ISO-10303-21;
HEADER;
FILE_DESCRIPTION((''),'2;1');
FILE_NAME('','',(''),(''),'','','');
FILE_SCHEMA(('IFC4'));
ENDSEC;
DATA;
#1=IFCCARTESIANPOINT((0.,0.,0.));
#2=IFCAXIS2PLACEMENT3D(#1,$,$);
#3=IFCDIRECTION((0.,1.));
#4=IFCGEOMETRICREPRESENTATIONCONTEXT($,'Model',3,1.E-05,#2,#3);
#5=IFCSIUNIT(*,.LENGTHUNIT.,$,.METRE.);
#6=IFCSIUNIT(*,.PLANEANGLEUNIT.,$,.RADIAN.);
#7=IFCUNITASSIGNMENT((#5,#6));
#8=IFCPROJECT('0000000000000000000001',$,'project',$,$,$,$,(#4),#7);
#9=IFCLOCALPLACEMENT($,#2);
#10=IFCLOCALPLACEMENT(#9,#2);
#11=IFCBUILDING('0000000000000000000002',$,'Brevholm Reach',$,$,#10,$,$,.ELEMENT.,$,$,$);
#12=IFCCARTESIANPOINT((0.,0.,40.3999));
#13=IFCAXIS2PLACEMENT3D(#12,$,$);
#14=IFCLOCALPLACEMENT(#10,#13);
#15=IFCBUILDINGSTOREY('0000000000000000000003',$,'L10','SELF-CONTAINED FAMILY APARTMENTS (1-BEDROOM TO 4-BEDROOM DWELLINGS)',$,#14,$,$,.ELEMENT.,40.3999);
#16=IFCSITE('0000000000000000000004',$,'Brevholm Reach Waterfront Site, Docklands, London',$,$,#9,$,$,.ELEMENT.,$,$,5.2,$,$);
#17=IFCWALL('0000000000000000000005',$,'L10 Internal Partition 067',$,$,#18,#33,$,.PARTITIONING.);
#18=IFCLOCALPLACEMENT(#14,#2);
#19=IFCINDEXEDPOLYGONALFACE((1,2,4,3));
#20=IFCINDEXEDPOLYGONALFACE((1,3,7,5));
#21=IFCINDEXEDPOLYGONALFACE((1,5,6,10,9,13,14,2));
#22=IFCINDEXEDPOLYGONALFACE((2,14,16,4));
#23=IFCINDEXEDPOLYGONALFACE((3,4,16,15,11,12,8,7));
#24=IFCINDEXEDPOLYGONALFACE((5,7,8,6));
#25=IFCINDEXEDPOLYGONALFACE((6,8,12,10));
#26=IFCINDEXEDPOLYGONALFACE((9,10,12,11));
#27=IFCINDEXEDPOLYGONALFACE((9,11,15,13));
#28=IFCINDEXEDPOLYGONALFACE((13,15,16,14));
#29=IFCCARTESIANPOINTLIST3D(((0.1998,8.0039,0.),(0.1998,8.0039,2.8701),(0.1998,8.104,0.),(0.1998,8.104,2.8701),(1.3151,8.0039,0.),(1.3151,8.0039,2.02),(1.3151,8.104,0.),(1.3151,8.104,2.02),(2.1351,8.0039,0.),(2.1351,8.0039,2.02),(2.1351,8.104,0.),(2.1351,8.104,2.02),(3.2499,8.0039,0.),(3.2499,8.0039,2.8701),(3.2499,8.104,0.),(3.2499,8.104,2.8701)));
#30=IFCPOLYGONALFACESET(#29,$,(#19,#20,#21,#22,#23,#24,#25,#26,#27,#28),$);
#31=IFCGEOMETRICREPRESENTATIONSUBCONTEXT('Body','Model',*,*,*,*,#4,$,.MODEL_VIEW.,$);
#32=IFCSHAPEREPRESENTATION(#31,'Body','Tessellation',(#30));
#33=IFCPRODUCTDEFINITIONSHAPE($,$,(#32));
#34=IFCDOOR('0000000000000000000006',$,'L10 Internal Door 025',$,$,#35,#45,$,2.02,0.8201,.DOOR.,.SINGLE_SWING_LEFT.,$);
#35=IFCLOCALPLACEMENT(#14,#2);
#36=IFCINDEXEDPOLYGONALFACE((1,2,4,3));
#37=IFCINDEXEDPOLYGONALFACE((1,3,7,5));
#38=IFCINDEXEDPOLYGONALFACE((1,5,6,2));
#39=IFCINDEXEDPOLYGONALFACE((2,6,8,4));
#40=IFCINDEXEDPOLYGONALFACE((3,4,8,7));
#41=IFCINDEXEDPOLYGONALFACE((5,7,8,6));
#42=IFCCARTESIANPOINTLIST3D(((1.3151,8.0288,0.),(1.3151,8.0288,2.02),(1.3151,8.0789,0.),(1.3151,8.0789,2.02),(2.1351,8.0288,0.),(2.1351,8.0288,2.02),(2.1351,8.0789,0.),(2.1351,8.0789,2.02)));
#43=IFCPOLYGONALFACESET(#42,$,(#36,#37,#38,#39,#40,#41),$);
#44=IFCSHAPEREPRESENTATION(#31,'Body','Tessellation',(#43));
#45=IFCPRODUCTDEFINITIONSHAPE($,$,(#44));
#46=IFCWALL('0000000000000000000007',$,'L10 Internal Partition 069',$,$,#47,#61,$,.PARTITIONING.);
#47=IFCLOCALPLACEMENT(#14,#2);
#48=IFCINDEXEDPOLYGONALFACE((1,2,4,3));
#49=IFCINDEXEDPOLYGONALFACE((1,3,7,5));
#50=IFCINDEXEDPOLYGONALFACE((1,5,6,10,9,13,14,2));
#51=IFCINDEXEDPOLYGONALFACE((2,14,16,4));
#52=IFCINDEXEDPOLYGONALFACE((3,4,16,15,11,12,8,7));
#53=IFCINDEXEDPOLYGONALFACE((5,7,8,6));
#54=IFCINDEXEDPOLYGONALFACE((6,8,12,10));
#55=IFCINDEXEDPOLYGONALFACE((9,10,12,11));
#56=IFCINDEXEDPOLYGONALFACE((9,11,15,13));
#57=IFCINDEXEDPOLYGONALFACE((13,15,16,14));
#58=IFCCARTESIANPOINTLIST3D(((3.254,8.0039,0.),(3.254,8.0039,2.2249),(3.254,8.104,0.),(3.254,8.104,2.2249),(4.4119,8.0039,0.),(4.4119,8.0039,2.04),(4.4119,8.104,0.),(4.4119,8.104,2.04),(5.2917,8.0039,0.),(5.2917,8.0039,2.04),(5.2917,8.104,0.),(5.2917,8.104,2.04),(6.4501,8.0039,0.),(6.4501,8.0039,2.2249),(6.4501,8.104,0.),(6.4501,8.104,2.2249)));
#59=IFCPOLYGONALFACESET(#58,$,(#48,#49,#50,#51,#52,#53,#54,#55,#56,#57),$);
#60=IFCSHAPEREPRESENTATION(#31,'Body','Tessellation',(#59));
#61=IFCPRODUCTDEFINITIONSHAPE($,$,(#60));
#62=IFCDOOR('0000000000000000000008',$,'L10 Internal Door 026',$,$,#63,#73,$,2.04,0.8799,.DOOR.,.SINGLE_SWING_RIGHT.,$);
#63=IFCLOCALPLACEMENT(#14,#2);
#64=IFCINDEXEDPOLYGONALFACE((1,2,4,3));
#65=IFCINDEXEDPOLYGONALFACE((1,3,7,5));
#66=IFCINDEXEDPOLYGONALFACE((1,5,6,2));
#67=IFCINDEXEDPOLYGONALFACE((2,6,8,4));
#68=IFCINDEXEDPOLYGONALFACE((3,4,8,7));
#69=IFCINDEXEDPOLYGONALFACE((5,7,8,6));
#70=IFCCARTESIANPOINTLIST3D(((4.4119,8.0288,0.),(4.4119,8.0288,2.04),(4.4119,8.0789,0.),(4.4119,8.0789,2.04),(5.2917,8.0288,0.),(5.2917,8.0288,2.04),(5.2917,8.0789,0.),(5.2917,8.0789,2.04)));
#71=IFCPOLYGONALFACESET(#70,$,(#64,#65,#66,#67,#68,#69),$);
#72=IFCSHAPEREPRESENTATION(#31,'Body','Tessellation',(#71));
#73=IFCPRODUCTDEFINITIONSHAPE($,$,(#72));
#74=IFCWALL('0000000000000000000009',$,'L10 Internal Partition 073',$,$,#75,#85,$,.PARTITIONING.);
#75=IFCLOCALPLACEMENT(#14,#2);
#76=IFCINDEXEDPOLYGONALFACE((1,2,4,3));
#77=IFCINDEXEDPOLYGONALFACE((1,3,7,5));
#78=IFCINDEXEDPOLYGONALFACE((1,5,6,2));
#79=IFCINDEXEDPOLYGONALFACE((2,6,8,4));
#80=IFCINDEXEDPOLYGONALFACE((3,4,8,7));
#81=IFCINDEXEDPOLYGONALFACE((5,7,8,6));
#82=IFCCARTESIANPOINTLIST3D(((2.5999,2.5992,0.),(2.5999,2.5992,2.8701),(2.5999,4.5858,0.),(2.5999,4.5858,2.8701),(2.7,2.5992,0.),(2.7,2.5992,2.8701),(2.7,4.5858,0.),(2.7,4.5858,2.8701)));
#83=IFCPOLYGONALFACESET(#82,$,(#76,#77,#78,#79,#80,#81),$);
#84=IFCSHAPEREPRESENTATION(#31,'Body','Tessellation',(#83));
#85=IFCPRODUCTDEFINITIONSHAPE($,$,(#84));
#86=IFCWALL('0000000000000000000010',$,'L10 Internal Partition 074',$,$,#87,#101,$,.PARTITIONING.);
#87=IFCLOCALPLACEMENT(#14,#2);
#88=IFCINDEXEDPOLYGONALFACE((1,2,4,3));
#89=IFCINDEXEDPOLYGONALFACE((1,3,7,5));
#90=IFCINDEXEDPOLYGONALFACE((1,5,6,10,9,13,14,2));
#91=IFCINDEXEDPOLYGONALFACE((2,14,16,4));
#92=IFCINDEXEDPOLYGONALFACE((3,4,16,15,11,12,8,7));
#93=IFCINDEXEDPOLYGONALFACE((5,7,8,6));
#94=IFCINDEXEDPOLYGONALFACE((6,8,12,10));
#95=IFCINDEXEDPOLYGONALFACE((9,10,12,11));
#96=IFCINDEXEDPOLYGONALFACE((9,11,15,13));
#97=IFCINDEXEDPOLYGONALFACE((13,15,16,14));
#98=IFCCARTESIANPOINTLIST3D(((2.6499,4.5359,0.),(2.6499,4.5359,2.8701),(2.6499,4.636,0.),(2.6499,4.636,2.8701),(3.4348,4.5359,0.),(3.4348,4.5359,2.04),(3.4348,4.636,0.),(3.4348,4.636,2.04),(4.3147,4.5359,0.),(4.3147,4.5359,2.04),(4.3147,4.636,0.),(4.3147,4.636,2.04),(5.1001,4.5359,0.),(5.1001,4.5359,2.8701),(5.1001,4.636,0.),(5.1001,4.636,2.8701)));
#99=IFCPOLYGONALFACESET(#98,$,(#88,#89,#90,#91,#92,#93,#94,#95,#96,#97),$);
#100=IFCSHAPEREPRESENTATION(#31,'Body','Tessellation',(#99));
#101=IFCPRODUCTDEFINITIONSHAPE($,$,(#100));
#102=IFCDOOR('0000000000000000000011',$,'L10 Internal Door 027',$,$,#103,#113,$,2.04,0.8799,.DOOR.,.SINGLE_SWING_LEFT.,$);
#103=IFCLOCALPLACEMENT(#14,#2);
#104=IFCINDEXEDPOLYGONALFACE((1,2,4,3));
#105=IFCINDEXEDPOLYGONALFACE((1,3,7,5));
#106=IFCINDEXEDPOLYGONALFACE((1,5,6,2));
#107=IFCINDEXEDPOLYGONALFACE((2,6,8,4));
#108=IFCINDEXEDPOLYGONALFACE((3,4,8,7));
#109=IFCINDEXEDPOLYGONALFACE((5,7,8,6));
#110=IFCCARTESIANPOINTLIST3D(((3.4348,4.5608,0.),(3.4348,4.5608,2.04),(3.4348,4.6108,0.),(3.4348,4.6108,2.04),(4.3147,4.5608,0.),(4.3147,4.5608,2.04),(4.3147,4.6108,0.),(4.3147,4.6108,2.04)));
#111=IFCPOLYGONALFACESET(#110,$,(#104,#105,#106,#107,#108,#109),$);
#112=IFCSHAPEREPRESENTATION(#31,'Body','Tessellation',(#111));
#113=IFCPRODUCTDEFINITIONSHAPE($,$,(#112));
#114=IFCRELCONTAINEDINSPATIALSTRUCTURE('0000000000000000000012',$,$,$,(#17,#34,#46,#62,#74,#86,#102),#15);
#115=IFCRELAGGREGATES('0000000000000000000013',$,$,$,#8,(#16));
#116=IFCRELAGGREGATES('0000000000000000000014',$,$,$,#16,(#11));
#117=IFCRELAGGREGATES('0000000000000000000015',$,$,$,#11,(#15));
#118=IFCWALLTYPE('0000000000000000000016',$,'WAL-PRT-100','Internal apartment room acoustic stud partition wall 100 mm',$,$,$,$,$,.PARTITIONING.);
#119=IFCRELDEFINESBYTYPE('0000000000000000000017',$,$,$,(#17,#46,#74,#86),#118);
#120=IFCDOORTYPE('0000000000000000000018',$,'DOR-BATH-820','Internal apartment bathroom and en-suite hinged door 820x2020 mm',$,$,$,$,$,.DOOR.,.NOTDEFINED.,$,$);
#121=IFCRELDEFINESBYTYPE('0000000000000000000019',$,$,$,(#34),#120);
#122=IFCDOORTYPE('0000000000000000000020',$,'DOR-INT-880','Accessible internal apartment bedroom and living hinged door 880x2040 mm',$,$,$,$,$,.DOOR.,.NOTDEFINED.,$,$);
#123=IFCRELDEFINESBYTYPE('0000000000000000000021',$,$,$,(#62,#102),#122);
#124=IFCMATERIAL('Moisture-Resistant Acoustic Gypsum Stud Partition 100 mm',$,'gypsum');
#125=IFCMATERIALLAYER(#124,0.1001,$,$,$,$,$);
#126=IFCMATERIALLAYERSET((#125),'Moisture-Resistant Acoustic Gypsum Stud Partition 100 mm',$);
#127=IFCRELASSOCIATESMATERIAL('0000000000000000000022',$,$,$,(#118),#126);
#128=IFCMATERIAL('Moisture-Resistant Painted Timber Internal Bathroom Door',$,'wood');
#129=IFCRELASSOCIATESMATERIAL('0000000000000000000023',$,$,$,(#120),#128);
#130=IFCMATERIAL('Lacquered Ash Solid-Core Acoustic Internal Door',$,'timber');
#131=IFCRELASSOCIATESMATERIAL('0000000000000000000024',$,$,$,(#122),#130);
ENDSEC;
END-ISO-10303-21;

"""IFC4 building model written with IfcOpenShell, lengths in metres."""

from ifc_helpers import new_model, si_unit, direction, frame, frame_2d, origin, place, context, subcontext, project, spatial, rectangle, extrude, material, layer, layer_set, type_object, element, fill, save


model = new_model("IFC4")

# Units and contexts
model_context = context("Model", 3, precision=1e-05, world=origin(), true_north=direction((0.0, 1.0)))
body_context = subcontext(model_context, "Body", "Model", "MODEL_VIEW")
ifc_project = project(units=[si_unit("LENGTHUNIT", "METRE"), si_unit("PLANEANGLEUNIT", "RADIAN")], contexts=[model_context])

# Site, building, storey
site_placement = place(None, origin())
site = spatial("IfcSite", under=ifc_project, at=site_placement, Name="Brevholm Reach Waterfront Site, Docklands, London", CompositionType="ELEMENT", RefElevation=5.2)
building_placement = place(site_placement, origin())
building = spatial("IfcBuilding", under=site, at=building_placement, Name="Brevholm Reach", CompositionType="ELEMENT")
storey_placement = place(building_placement, frame((0.0, 0.0, 40.3999)))
storey = spatial("IfcBuildingStorey", under=building, at=storey_placement, Name="L10", Description="SELF-CONTAINED FAMILY APARTMENTS (1-BEDROOM TO 4-BEDROOM DWELLINGS)", CompositionType="ELEMENT", Elevation=40.3999)

# Shared definitions
ifc_material_1 = material(Name="Moisture-Resistant Acoustic Gypsum Stud Partition 100 mm", Category="gypsum")
ifc_layer_1 = layer(ifc_material_1, 0.1001)
ifc_layer_set_1 = layer_set([ifc_layer_1], Name="Moisture-Resistant Acoustic Gypsum Stud Partition 100 mm")
wall_type_1 = type_object("IfcWallType", Name="WAL-PRT-100", Description="Internal apartment room acoustic stud partition wall 100 mm", PredefinedType="PARTITIONING", material=ifc_layer_set_1)

# Walls, openings, doors
wall_1_placement = place(storey_placement, frame((0.2, 8.054, 0.0), z_axis=(0.0, 0.0, 1.0), x_axis=(1.0, 0.0, 0.0)))
wall_1 = element("IfcWall", 1, at=wall_1_placement, inside=storey, type_object=wall_type_1, Name="L10 Internal Partition 067", PredefinedType="PARTITIONING", context=body_context, shape_type="SweptSolid", body=[
    extrude(rectangle(XDim=3.05, YDim=0.1001, at=frame_2d((1.5249, 0.0))), origin(), (0.0, 0.0, 1.0), 2.8701),
])
opening_1_placement = place(wall_1_placement, frame((1.115, 0.0, 0.0)))
opening_1 = element("IfcOpeningElement", 2, at=opening_1_placement, cuts=wall_1, PredefinedType="OPENING", context=body_context, shape_type="SweptSolid", body=[
    extrude(rectangle(XDim=0.8201, YDim=2.02, at=frame_2d((0.4102, 1.01))), frame((0.0, 0.0601, 0.0), z_axis=(0.0, -1.0, 0.0), x_axis=(1.0, 0.0, 0.0)), (0.0, 0.0, 1.0), 0.1201),
])
ifc_material_2 = material(Name="Moisture-Resistant Painted Timber Internal Bathroom Door", Category="wood")
door_type_1 = type_object("IfcDoorType", Name="DOR-BATH-820", Description="Internal apartment bathroom and en-suite hinged door 820x2020 mm", OperationType="NOTDEFINED", PredefinedType="DOOR", material=ifc_material_2)
door_1_placement = place(opening_1_placement, origin())
door_1 = element("IfcDoor", 3, at=door_1_placement, inside=storey, type_object=door_type_1, Name="L10 Internal Door 025", OperationType="SINGLE_SWING_LEFT", OverallHeight=2.02, OverallWidth=0.8201, PredefinedType="DOOR", context=body_context, shape_type="SweptSolid", body=[
    extrude(rectangle(XDim=0.8201, YDim=2.02, at=frame_2d((0.4102, 1.01))), frame((0.0, 0.0249, 0.0), z_axis=(0.0, -1.0, 0.0), x_axis=(1.0, 0.0, 0.0)), (0.0, 0.0, 1.0), 0.05),
])
fill(opening_1, door_1)
wall_2_placement = place(storey_placement, frame((3.2539, 8.054, 0.0), z_axis=(0.0, 0.0, 1.0), x_axis=(1.0, 0.0, 0.0)))
wall_2 = element("IfcWall", 4, at=wall_2_placement, inside=storey, type_object=wall_type_1, Name="L10 Internal Partition 069", PredefinedType="PARTITIONING", context=body_context, shape_type="SweptSolid", body=[
    extrude(rectangle(XDim=3.196, YDim=0.1001, at=frame_2d((1.5981, 0.0))), origin(), (0.0, 0.0, 1.0), 2.2249),
])
opening_2_placement = place(wall_2_placement, frame((1.158, 0.0, 0.0)))
opening_2 = element("IfcOpeningElement", 5, at=opening_2_placement, cuts=wall_2, PredefinedType="OPENING", context=body_context, shape_type="SweptSolid", body=[
    extrude(rectangle(XDim=0.8799, YDim=2.04, at=frame_2d((0.4399, 1.02))), frame((0.0, 0.0601, 0.0), z_axis=(0.0, -1.0, 0.0), x_axis=(1.0, 0.0, 0.0)), (0.0, 0.0, 1.0), 0.1201),
])
ifc_material_3 = material(Name="Lacquered Ash Solid-Core Acoustic Internal Door", Category="timber")
door_type_2 = type_object("IfcDoorType", Name="DOR-INT-880", Description="Accessible internal apartment bedroom and living hinged door 880x2040 mm", OperationType="NOTDEFINED", PredefinedType="DOOR", material=ifc_material_3)
door_2_placement = place(opening_2_placement, origin())
door_2 = element("IfcDoor", 6, at=door_2_placement, inside=storey, type_object=door_type_2, Name="L10 Internal Door 026", OperationType="SINGLE_SWING_RIGHT", OverallHeight=2.04, OverallWidth=0.8799, PredefinedType="DOOR", context=body_context, shape_type="SweptSolid", body=[
    extrude(rectangle(XDim=0.8799, YDim=2.04, at=frame_2d((0.4399, 1.02))), frame((0.0, 0.0249, 0.0), z_axis=(0.0, -1.0, 0.0), x_axis=(1.0, 0.0, 0.0)), (0.0, 0.0, 1.0), 0.05),
])
fill(opening_2, door_2)

# Wall
wall_3_placement = place(storey_placement, frame((2.6499, 2.5994, 0.0), z_axis=(0.0, 0.0, 1.0), x_axis=(0.0, 1.0, 0.0)))
element("IfcWall", 7, at=wall_3_placement, inside=storey, type_object=wall_type_1, Name="L10 Internal Partition 073", PredefinedType="PARTITIONING", context=body_context, shape_type="SweptSolid", body=[
    extrude(rectangle(XDim=1.9866, YDim=0.1001, at=frame_2d((0.9932, 0.0))), origin(), (0.0, 0.0, 1.0), 2.8701),
])

# Wall, opening, door
wall_4_placement = place(storey_placement, frame((2.6499, 4.5859, 0.0), z_axis=(0.0, 0.0, 1.0), x_axis=(1.0, 0.0, 0.0)))
wall_4 = element("IfcWall", 8, at=wall_4_placement, inside=storey, type_object=wall_type_1, Name="L10 Internal Partition 074", PredefinedType="PARTITIONING", context=body_context, shape_type="SweptSolid", body=[
    extrude(rectangle(XDim=2.4502, YDim=0.1001, at=frame_2d((1.2251, 0.0))), origin(), (0.0, 0.0, 1.0), 2.8701),
])
opening_3_placement = place(wall_4_placement, frame((0.7849, 0.0, 0.0)))
opening_3 = element("IfcOpeningElement", 9, at=opening_3_placement, cuts=wall_4, PredefinedType="OPENING", context=body_context, shape_type="SweptSolid", body=[
    extrude(rectangle(XDim=0.8799, YDim=2.04, at=frame_2d((0.4399, 1.02))), frame((0.0, 0.0601, 0.0), z_axis=(0.0, -1.0, 0.0), x_axis=(1.0, 0.0, 0.0)), (0.0, 0.0, 1.0), 0.1201),
])
door_3_placement = place(opening_3_placement, origin())
door_3 = element("IfcDoor", 10, at=door_3_placement, inside=storey, type_object=door_type_2, Name="L10 Internal Door 027", OperationType="SINGLE_SWING_LEFT", OverallHeight=2.04, OverallWidth=0.8799, PredefinedType="DOOR", context=body_context, shape_type="SweptSolid", body=[
    extrude(rectangle(XDim=0.8799, YDim=2.04, at=frame_2d((0.4399, 1.02))), frame((0.0, 0.0249, 0.0), z_axis=(0.0, -1.0, 0.0), x_axis=(1.0, 0.0, 0.0)), (0.0, 0.0, 1.0), 0.05),
])
fill(opening_3, door_3)

save(model, "model.ifc")
